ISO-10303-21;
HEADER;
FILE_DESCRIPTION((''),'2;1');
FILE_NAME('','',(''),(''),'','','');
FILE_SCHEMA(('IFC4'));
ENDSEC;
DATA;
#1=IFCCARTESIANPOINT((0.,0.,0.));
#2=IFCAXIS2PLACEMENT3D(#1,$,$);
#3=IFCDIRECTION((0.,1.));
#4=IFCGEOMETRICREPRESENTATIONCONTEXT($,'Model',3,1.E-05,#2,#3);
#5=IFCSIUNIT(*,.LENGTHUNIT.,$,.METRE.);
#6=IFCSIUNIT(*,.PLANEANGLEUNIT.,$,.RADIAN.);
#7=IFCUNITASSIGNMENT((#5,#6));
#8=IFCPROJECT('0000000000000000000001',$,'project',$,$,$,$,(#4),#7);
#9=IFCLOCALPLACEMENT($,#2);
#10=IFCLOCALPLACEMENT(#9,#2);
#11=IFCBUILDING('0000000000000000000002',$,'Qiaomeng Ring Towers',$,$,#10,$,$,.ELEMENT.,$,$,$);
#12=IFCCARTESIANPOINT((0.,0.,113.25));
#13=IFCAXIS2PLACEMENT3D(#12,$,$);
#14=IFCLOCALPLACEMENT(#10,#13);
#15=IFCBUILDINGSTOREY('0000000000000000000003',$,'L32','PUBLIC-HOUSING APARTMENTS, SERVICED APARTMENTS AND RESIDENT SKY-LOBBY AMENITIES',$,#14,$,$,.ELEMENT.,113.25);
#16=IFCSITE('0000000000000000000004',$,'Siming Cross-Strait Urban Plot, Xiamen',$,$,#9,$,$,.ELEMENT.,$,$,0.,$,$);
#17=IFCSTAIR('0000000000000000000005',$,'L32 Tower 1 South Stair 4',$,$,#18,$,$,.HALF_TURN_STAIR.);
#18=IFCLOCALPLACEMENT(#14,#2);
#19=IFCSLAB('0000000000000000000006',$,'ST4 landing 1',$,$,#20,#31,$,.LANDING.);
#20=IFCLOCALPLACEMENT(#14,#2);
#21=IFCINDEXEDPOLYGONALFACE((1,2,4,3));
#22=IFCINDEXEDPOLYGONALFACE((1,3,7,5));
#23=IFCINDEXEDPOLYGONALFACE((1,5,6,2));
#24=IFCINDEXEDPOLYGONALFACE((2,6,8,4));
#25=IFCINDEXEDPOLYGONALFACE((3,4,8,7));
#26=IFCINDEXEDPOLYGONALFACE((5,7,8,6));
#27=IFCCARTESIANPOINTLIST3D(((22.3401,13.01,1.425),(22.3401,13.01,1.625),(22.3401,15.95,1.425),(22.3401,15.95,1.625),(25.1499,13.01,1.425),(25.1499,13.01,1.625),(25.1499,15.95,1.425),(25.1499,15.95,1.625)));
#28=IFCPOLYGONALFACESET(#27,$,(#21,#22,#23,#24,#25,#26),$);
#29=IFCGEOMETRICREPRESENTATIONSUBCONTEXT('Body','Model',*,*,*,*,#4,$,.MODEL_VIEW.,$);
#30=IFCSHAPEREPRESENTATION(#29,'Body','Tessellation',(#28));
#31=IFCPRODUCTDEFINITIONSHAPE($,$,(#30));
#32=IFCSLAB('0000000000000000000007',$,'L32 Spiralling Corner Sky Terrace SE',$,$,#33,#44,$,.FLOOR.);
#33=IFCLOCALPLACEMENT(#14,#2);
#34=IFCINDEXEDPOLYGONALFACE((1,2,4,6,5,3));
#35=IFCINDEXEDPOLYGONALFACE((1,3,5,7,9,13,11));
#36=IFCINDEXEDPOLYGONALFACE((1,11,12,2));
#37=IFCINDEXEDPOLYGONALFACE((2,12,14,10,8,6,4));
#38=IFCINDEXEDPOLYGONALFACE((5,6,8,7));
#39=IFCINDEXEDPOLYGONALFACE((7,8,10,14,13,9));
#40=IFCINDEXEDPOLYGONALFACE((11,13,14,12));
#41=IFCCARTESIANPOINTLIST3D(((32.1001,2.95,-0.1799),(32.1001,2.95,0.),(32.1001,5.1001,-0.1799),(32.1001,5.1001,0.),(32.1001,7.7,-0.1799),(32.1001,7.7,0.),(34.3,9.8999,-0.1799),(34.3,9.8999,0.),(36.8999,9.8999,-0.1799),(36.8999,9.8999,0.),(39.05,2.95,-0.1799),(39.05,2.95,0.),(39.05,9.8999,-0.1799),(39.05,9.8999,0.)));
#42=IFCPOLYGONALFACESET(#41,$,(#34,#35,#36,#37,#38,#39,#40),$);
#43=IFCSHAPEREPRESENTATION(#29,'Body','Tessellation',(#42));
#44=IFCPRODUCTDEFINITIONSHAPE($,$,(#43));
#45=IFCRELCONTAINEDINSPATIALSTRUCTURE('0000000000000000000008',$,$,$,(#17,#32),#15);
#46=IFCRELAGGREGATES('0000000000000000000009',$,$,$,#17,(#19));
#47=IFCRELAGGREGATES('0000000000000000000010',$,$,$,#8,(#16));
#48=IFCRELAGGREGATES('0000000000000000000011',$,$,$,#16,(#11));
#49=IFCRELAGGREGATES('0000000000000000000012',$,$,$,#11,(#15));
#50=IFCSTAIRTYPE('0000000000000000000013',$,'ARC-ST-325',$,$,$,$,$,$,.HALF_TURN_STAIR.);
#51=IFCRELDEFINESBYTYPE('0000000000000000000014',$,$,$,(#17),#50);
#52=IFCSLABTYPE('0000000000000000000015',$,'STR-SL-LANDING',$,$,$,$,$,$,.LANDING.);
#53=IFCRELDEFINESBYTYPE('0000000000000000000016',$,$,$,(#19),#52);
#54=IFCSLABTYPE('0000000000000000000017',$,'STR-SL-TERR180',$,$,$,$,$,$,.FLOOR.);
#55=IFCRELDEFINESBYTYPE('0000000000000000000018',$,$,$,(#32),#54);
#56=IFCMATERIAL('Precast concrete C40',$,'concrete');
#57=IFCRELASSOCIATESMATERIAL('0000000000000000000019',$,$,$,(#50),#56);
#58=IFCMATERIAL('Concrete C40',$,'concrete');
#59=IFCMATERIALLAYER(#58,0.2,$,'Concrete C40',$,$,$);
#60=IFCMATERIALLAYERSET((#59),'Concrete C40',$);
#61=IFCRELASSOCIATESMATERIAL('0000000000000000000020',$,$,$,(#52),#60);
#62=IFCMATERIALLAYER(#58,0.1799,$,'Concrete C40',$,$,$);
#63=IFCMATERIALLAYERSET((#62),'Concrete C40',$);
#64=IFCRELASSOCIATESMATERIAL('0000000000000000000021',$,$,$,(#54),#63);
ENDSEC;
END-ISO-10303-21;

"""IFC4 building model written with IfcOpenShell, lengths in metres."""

from ifc_helpers import new_model, si_unit, direction, frame, origin, place, context, subcontext, project, spatial, polyline, outline, extrude, material, layer, layer_set, type_object, element, aggregate, save


model = new_model("IFC4")

# Units and contexts
model_context = context("Model", 3, precision=1e-05, world=origin(), true_north=direction((0.0, 1.0)))
body_context = subcontext(model_context, "Body", "Model", "MODEL_VIEW")
ifc_project = project(units=[si_unit("LENGTHUNIT", "METRE"), si_unit("PLANEANGLEUNIT", "RADIAN")], contexts=[model_context])

# Site, building, storey
site_placement = place(None, origin())
site = spatial("IfcSite", under=ifc_project, at=site_placement, Name="Siming Cross-Strait Urban Plot, Xiamen", CompositionType="ELEMENT", RefElevation=0.0)
building_placement = place(site_placement, origin())
building = spatial("IfcBuilding", under=site, at=building_placement, Name="Qiaomeng Ring Towers", CompositionType="ELEMENT")
storey_placement = place(building_placement, frame((0.0, 0.0, 113.25)))
storey = spatial("IfcBuildingStorey", under=building, at=storey_placement, Name="L32", Description="PUBLIC-HOUSING APARTMENTS, SERVICED APARTMENTS AND RESIDENT SKY-LOBBY AMENITIES", CompositionType="ELEMENT", Elevation=113.25)

# Shared definitions
ifc_material_1 = material(Name="Concrete C40", Category="concrete")

# Stair, slab
ifc_material_2 = material(Name="Precast concrete C40", Category="concrete")
stair_type = type_object("IfcStairType", Name="ARC-ST-325", PredefinedType="HALF_TURN_STAIR", material=ifc_material_2)
ifc_layer_1 = layer(ifc_material_1, 0.2, Name="Concrete C40")
ifc_layer_set_1 = layer_set([ifc_layer_1], Name="Concrete C40")
slab_type_1 = type_object("IfcSlabType", Name="STR-SL-LANDING", PredefinedType="LANDING", material=ifc_layer_set_1)
stair_1_placement = place(storey_placement, origin())
stair_1 = element("IfcStair", 1, at=stair_1_placement, inside=storey, type_object=stair_type, Name="L32 Tower 1 South Stair 4", PredefinedType="HALF_TURN_STAIR")
slab_1_placement = place(storey_placement, frame((0.0, 0.0, 1.425)))
slab_1 = element("IfcSlab", 2, at=slab_1_placement, type_object=slab_type_1, Name="ST4 landing 1", PredefinedType="LANDING", context=body_context, shape_type="SweptSolid", body=[
    extrude(outline(polyline([(22.3401, 13.01), (25.1499, 13.01), (25.1499, 15.95), (22.3401, 15.95), (22.3401, 13.01)])), origin(), (0.0, 0.0, 1.0), 0.2),
])
aggregate(stair_1, [slab_1])

# Slab
ifc_layer_2 = layer(ifc_material_1, 0.1799, Name="Concrete C40")
ifc_layer_set_2 = layer_set([ifc_layer_2], Name="Concrete C40")
slab_type_2 = type_object("IfcSlabType", Name="STR-SL-TERR180", PredefinedType="FLOOR", material=ifc_layer_set_2)
slab_2_placement = place(storey_placement, frame((0.0, 0.0, -0.1799)))
element("IfcSlab", 3, at=slab_2_placement, inside=storey, type_object=slab_type_2, Name="L32 Spiralling Corner Sky Terrace SE", PredefinedType="FLOOR", context=body_context, shape_type="SweptSolid", body=[
    extrude(outline(polyline([(39.05, 9.8999), (39.05, 2.95), (32.1001, 2.95), (32.1001, 5.1001), (32.1001, 7.7), (34.3, 9.8999), (36.8999, 9.8999), (36.8999, 9.8999), (39.05, 9.8999)])), origin(), (0.0, 0.0, 1.0), 0.1799),
])

save(model, "model.ifc")
